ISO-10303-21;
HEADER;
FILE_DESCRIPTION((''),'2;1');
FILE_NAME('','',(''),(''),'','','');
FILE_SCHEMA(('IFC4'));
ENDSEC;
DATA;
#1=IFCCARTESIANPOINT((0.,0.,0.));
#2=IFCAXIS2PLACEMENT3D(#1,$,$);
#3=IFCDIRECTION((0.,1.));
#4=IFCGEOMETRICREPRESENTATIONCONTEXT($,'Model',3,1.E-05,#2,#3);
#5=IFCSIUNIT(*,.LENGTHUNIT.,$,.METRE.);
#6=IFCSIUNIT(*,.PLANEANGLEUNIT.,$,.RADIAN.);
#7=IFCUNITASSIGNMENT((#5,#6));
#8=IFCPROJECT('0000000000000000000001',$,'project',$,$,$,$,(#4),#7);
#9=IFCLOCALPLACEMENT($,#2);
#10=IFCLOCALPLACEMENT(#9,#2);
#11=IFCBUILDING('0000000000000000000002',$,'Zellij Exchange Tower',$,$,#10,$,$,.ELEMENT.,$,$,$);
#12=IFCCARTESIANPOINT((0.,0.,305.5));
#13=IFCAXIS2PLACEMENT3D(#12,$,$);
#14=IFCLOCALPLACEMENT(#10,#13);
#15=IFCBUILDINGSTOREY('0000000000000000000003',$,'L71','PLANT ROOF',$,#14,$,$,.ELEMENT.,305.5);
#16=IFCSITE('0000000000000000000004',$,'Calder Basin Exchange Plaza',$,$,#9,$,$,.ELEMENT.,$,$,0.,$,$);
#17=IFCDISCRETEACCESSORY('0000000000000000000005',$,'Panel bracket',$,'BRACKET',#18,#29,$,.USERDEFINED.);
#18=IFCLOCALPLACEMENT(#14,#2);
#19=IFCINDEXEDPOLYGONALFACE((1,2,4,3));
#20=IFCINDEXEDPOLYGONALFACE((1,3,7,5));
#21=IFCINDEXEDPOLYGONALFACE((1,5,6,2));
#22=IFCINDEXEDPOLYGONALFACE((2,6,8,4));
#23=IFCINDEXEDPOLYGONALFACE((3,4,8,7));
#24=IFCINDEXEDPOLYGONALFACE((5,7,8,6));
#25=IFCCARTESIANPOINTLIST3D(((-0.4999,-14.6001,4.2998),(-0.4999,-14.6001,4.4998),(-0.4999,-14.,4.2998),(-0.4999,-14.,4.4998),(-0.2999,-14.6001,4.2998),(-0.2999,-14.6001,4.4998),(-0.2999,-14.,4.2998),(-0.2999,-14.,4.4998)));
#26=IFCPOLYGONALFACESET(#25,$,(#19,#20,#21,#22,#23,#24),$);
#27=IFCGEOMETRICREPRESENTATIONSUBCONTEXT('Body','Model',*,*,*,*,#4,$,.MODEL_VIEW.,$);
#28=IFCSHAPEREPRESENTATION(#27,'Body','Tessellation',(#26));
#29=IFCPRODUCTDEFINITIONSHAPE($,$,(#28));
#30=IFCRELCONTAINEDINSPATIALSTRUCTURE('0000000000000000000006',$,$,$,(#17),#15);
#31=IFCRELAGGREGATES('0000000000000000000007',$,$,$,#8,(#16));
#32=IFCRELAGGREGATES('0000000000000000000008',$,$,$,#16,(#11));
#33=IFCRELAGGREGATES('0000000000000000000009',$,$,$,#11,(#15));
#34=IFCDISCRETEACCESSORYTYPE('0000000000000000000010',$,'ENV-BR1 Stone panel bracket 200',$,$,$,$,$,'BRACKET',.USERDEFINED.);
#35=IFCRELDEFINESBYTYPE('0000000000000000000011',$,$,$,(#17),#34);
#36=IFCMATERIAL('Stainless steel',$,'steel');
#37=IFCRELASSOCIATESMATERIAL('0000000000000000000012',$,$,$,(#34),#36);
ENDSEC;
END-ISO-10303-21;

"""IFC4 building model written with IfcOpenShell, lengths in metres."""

from ifc_helpers import new_model, si_unit, direction, frame, origin, origin_2d, place, context, subcontext, project, spatial, rectangle, extrude, material, type_object, element, save


model = new_model("IFC4")

# Units and contexts
model_context = context("Model", 3, precision=1e-05, world=origin(), true_north=direction((0.0, 1.0)))
body_context = subcontext(model_context, "Body", "Model", "MODEL_VIEW")
ifc_project = project(units=[si_unit("LENGTHUNIT", "METRE"), si_unit("PLANEANGLEUNIT", "RADIAN")], contexts=[model_context])

# Site, building, storey
site_placement = place(None, origin())
site = spatial("IfcSite", under=ifc_project, at=site_placement, Name="Calder Basin Exchange Plaza", CompositionType="ELEMENT", RefElevation=0.0)
building_placement = place(site_placement, origin())
building = spatial("IfcBuilding", under=site, at=building_placement, Name="Zellij Exchange Tower", CompositionType="ELEMENT")
storey_placement = place(building_placement, frame((0.0, 0.0, 305.5)))
storey = spatial("IfcBuildingStorey", under=building, at=storey_placement, Name="L71", Description="PLANT ROOF", CompositionType="ELEMENT", Elevation=305.5)

# Shared definitions
ifc_material_1 = material(Name="Stainless steel", Category="steel")

# Discrete accessory
discrete_accessory_type = type_object("IfcDiscreteAccessoryType", Name="ENV-BR1 Stone panel bracket 200", ElementType="BRACKET", PredefinedType="USERDEFINED", material=ifc_material_1)
for number, where, z_axis, x_axis, name in (
    (1, (-0.3999, -14.3, 4.2998), (0.0, 0.0, 1.0), (1.0, 0.0, 0.0), "Panel bracket"),
):
    element("IfcDiscreteAccessory", number, at=place(storey_placement, frame(where, z_axis=z_axis, x_axis=x_axis)), inside=storey, type_object=discrete_accessory_type, Name=name, ObjectType="BRACKET", PredefinedType="USERDEFINED", context=body_context, shape_type="SweptSolid", body=[
        extrude(rectangle(XDim=0.2, YDim=0.6001, at=origin_2d()), origin(), (0.0, 0.0, 1.0), 0.2),
    ])

save(model, "model.ifc")
